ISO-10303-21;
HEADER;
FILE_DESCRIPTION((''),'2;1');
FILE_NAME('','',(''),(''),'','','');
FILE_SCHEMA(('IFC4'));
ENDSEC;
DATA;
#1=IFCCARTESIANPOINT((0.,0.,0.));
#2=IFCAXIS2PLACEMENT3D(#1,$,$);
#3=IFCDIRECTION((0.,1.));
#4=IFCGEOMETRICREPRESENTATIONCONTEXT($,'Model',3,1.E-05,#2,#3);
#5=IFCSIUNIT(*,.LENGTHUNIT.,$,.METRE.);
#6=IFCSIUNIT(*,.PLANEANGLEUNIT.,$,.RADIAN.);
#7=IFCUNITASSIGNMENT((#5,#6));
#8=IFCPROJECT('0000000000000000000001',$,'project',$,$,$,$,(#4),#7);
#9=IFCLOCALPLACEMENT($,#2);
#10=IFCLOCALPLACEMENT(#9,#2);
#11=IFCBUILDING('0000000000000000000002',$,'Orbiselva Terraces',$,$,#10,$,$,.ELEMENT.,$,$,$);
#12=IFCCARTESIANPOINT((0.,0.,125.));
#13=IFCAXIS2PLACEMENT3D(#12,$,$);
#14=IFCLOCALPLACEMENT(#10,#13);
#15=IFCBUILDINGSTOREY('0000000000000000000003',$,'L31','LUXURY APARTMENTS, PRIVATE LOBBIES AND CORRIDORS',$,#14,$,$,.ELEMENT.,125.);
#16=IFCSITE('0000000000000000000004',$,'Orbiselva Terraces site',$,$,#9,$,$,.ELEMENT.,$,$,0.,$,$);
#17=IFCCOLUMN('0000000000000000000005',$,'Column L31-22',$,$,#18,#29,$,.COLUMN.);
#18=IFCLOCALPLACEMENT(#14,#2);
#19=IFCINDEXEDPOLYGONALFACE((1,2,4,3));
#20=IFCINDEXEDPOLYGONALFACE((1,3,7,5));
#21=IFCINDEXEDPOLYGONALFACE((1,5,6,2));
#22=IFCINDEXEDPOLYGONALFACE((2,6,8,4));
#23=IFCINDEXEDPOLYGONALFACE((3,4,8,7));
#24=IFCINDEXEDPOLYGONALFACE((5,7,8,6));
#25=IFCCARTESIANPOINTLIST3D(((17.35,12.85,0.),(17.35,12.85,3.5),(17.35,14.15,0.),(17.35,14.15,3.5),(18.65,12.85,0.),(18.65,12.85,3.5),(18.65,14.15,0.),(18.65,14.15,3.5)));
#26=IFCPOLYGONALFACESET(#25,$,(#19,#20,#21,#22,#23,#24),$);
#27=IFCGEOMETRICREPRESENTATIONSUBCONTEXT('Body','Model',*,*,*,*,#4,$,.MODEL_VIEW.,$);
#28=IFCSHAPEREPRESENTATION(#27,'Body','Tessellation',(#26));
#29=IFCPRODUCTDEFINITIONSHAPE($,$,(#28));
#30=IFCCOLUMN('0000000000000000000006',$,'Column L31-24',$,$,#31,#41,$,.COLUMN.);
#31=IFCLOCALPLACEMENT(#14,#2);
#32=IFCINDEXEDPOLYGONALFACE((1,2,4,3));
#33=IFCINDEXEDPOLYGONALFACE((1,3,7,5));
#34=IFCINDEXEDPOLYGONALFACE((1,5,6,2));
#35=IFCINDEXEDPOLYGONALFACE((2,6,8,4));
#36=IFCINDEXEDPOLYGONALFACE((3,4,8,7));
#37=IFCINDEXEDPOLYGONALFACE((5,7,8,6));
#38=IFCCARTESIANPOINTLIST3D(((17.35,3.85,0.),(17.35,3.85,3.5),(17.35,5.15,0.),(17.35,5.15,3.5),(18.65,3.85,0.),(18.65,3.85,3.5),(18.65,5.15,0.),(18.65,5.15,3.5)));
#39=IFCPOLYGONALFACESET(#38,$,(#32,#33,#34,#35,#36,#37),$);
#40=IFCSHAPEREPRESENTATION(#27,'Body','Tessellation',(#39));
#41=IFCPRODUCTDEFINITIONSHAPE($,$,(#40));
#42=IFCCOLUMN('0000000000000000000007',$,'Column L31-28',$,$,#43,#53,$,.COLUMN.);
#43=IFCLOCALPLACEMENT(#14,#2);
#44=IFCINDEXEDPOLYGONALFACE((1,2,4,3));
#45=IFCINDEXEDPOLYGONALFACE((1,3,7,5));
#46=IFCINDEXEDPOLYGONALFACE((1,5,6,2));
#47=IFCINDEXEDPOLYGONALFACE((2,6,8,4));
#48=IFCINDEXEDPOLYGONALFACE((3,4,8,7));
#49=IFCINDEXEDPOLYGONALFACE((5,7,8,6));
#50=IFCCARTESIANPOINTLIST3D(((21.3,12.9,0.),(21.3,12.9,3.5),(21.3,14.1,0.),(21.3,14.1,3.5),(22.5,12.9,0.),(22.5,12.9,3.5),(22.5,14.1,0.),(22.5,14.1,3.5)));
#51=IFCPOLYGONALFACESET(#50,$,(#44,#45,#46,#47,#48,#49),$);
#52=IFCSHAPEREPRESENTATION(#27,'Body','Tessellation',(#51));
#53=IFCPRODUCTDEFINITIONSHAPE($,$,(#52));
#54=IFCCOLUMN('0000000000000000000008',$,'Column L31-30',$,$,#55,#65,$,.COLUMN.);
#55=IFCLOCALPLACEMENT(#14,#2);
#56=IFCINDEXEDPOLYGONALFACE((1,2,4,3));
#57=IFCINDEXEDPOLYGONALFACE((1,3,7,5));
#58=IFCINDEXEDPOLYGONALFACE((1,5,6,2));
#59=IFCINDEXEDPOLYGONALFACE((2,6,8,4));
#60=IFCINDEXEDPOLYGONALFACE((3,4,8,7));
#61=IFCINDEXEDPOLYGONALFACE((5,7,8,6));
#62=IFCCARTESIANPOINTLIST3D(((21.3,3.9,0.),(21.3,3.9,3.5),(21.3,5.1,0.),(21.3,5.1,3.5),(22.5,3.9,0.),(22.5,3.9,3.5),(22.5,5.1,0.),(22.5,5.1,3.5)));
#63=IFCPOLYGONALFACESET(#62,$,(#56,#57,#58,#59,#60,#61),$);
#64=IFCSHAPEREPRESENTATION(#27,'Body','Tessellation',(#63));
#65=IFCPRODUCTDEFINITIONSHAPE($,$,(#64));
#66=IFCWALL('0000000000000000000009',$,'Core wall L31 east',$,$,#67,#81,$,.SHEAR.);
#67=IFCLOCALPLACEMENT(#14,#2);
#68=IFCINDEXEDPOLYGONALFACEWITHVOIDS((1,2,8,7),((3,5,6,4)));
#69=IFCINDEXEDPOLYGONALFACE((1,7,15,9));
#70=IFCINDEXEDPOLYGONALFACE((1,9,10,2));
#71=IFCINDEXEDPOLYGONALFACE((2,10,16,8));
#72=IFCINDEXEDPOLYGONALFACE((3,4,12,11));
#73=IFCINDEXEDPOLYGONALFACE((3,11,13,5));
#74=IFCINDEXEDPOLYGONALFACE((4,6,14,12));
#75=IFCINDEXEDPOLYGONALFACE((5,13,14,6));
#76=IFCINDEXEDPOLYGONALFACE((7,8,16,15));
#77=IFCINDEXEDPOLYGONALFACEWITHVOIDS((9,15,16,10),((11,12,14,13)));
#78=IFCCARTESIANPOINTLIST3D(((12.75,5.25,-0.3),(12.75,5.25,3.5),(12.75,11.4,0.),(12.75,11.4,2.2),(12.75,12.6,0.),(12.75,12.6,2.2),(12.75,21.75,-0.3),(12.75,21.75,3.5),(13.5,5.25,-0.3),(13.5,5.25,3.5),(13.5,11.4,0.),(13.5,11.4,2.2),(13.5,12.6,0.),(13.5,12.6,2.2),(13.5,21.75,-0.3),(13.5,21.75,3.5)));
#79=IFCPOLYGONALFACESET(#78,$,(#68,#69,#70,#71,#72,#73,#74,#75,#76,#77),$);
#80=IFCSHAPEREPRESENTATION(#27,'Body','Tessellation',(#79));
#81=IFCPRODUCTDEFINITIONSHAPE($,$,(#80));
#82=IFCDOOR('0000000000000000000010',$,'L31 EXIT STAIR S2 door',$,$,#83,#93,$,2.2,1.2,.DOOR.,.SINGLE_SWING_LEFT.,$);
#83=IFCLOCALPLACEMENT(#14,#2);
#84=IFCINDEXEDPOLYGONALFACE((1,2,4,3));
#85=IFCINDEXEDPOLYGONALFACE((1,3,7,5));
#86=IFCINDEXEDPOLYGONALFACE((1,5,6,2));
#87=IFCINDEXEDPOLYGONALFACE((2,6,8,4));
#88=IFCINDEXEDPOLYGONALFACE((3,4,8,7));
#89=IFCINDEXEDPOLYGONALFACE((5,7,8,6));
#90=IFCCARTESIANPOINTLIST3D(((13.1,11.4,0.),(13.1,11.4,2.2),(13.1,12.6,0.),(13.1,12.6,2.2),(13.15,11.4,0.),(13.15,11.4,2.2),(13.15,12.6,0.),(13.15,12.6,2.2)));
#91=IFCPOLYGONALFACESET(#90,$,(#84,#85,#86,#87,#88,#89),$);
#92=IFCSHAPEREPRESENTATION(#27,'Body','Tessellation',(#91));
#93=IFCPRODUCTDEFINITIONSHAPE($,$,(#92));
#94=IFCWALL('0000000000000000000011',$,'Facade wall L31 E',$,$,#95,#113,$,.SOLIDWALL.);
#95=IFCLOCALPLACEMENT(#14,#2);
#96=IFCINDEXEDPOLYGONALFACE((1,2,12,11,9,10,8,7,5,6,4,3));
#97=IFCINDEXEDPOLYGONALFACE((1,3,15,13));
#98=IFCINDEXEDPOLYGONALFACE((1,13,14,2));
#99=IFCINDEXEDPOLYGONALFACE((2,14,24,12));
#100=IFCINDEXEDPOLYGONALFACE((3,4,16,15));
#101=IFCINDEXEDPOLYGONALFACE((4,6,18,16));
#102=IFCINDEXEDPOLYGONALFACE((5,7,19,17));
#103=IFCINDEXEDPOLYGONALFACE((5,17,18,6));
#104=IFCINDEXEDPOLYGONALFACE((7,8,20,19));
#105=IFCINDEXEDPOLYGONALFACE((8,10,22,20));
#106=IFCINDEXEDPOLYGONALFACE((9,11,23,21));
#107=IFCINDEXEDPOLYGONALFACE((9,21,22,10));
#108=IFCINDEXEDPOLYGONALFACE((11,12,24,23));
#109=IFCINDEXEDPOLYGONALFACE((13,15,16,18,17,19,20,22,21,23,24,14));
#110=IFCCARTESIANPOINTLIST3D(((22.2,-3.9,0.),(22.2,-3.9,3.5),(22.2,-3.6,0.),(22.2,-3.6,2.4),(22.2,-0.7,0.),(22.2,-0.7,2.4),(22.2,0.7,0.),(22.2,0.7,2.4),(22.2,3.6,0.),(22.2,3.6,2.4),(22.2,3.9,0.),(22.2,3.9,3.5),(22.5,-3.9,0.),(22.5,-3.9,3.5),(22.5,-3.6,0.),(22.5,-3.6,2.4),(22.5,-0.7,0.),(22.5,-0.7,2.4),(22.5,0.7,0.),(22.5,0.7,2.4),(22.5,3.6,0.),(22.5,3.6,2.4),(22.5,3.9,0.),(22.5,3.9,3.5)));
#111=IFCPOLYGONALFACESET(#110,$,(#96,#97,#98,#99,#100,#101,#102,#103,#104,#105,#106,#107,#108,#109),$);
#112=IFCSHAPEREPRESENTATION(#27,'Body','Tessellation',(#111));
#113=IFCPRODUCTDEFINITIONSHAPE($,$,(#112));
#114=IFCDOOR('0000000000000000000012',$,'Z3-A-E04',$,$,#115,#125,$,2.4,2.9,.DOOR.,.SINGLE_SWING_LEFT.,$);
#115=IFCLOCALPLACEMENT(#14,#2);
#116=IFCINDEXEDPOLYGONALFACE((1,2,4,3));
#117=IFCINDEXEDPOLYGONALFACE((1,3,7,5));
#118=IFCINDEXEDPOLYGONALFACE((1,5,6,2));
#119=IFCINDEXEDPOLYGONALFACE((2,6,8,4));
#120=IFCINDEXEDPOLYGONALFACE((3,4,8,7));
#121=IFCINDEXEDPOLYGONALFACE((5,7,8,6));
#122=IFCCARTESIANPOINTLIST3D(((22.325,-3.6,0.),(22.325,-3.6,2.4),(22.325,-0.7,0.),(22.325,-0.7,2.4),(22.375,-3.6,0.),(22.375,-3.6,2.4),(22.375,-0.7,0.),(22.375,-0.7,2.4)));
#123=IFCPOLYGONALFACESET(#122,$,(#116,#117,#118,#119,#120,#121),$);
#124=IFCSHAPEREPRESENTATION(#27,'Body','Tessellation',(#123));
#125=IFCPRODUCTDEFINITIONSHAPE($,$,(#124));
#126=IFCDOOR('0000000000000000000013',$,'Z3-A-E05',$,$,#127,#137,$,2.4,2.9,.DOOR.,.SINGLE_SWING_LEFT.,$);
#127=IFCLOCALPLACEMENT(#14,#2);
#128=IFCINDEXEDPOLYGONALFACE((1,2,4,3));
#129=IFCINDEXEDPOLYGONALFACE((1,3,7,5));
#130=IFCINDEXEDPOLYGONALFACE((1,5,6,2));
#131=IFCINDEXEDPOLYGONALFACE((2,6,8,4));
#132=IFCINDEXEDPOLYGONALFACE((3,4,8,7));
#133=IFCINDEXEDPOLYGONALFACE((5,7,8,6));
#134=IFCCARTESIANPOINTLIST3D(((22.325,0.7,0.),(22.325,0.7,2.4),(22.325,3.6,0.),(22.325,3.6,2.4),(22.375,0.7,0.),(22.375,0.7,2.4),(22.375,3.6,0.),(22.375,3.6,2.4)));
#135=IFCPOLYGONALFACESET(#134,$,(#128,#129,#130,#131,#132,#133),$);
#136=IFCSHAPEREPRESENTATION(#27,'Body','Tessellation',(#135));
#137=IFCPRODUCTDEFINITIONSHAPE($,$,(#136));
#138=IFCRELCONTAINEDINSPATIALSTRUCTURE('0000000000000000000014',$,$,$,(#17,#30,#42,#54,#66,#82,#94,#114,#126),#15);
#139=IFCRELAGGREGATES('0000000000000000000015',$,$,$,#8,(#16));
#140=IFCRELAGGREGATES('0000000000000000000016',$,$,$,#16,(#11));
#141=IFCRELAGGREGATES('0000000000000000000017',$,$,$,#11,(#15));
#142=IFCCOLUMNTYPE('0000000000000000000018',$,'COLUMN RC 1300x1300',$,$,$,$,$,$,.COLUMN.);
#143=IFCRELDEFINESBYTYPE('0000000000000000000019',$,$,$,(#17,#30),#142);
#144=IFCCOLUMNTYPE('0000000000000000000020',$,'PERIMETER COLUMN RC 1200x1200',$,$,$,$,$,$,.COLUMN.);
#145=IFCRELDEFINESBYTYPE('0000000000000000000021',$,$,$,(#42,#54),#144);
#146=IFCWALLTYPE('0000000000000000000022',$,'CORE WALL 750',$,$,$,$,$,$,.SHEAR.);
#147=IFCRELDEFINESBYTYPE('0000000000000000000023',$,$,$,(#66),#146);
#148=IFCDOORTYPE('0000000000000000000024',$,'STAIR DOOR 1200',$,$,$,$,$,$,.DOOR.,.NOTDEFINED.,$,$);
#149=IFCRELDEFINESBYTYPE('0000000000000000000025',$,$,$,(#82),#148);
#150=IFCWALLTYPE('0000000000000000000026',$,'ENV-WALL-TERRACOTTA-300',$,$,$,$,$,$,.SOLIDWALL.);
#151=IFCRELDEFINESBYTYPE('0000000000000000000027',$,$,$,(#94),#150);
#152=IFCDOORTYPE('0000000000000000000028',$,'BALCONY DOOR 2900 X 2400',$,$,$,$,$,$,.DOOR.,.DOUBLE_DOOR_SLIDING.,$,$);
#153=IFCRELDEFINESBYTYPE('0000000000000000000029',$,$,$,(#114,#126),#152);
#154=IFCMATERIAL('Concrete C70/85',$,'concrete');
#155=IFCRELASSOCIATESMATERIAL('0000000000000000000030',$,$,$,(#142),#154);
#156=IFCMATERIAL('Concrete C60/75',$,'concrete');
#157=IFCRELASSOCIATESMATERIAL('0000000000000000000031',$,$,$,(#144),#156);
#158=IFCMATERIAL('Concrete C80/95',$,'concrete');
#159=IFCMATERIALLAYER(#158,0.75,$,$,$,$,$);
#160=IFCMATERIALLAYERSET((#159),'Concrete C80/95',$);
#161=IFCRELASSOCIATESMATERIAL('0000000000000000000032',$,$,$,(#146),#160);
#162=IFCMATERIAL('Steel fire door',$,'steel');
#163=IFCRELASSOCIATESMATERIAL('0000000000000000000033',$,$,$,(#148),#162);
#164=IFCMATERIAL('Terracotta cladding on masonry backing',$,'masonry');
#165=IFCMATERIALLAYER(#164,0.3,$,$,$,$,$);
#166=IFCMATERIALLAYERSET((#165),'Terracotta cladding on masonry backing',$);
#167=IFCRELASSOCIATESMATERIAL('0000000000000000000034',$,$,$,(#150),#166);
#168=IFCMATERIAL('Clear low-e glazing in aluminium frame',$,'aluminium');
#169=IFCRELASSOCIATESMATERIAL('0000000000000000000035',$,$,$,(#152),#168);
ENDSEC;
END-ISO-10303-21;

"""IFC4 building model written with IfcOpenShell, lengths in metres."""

from ifc_helpers import new_model, si_unit, direction, frame, frame_2d, origin, origin_2d, place, context, subcontext, project, spatial, rectangle, extrude, material, layer, layer_set, material_profile, profile_set, type_object, element, fill, save


model = new_model("IFC4")

# Units and contexts
model_context = context("Model", 3, precision=1e-05, world=origin(), true_north=direction((0.0, 1.0)))
body_context = subcontext(model_context, "Body", "Model", "MODEL_VIEW")
ifc_project = project(units=[si_unit("LENGTHUNIT", "METRE"), si_unit("PLANEANGLEUNIT", "RADIAN")], contexts=[model_context])

# Site, building, storey
site_placement = place(None, origin())
site = spatial("IfcSite", under=ifc_project, at=site_placement, Name="Orbiselva Terraces site", CompositionType="ELEMENT", RefElevation=0.0)
building_placement = place(site_placement, origin())
building = spatial("IfcBuilding", under=site, at=building_placement, Name="Orbiselva Terraces", CompositionType="ELEMENT")
storey_placement = place(building_placement, frame((0.0, 0.0, 125.0)))
storey = spatial("IfcBuildingStorey", under=building, at=storey_placement, Name="L31", Description="LUXURY APARTMENTS, PRIVATE LOBBIES AND CORRIDORS", CompositionType="ELEMENT", Elevation=125.0)

# Columns
ifc_material_1 = material(Name="Concrete C70/85", Category="concrete")
ifc_material_profile_1 = material_profile(ifc_material_1, rectangle(XDim=1.3, YDim=1.3, at=origin_2d()), Name="RC 1300x1300")
ifc_profile_set_1 = profile_set([ifc_material_profile_1], Name="Concrete C70/85")
column_type_1 = type_object("IfcColumnType", Name="COLUMN RC 1300x1300", PredefinedType="COLUMN", material=ifc_profile_set_1)
for number, where, z_axis, x_axis, name in (
    (1, (18.0, 13.5, 0.0), (0.0, 0.0, 1.0), (1.0, 0.0, 0.0), "Column L31-22"),
    (2, (18.0, 4.5, 0.0), (0.0, 0.0, 1.0), (1.0, 0.0, 0.0), "Column L31-24"),
):
    element("IfcColumn", number, at=place(storey_placement, frame(where, z_axis=z_axis, x_axis=x_axis)), inside=storey, type_object=column_type_1, Name=name, PredefinedType="COLUMN", context=body_context, shape_type="SweptSolid", body=[
        extrude(rectangle(XDim=1.3, YDim=1.3, at=origin_2d()), origin(), (0.0, 0.0, 1.0), 3.5),
    ])
ifc_material_2 = material(Name="Concrete C60/75", Category="concrete")
ifc_material_profile_2 = material_profile(ifc_material_2, rectangle(XDim=1.2, YDim=1.2, at=origin_2d()), Name="RC 1200x1200")
ifc_profile_set_2 = profile_set([ifc_material_profile_2], Name="Concrete C60/75")
column_type_2 = type_object("IfcColumnType", Name="PERIMETER COLUMN RC 1200x1200", PredefinedType="COLUMN", material=ifc_profile_set_2)
for number, where, z_axis, x_axis, name in (
    (3, (21.9, 13.5, 0.0), (0.0, 0.0, 1.0), (1.0, 0.0, 0.0), "Column L31-28"),
    (4, (21.9, 4.5, 0.0), (0.0, 0.0, 1.0), (1.0, 0.0, 0.0), "Column L31-30"),
):
    element("IfcColumn", number, at=place(storey_placement, frame(where, z_axis=z_axis, x_axis=x_axis)), inside=storey, type_object=column_type_2, Name=name, PredefinedType="COLUMN", context=body_context, shape_type="SweptSolid", body=[
        extrude(rectangle(XDim=1.2, YDim=1.2, at=origin_2d()), origin(), (0.0, 0.0, 1.0), 3.5),
    ])

# Wall, opening, door
ifc_material_3 = material(Name="Concrete C80/95", Category="concrete")
ifc_layer_1 = layer(ifc_material_3, 0.75)
ifc_layer_set_1 = layer_set([ifc_layer_1], Name="Concrete C80/95")
wall_type_1 = type_object("IfcWallType", Name="CORE WALL 750", PredefinedType="SHEAR", material=ifc_layer_set_1)
wall_1_placement = place(storey_placement, frame((13.125, 5.25, -0.3), z_axis=(0.0, 0.0, 1.0), x_axis=(0.0, 1.0, 0.0)))
wall_1 = element("IfcWall", 5, at=wall_1_placement, inside=storey, type_object=wall_type_1, Name="Core wall L31 east", PredefinedType="SHEAR", context=body_context, shape_type="SweptSolid", body=[
    extrude(rectangle(XDim=16.5, YDim=0.75, at=frame_2d((8.25, 0.0))), origin(), (0.0, 0.0, 1.0), 3.8),
])
opening_1_placement = place(wall_1_placement, frame((6.15, 0.0, 0.3)))
opening_1 = element("IfcOpeningElement", 6, at=opening_1_placement, cuts=wall_1, PredefinedType="OPENING", context=body_context, shape_type="SweptSolid", body=[
    extrude(rectangle(XDim=1.2, YDim=2.2, at=frame_2d((0.6, 1.1))), frame((0.0, 0.385, 0.0), z_axis=(0.0, -1.0, 0.0), x_axis=(1.0, 0.0, 0.0)), (0.0, 0.0, 1.0), 0.77),
])
ifc_material_4 = material(Name="Steel fire door", Category="steel")
door_type_1 = type_object("IfcDoorType", Name="STAIR DOOR 1200", OperationType="NOTDEFINED", PredefinedType="DOOR", material=ifc_material_4)
door_1_placement = place(opening_1_placement, frame((1.2, 0.0, 0.0), z_axis=(0.0, 0.0, 1.0), x_axis=(-1.0, 0.0, 0.0)))
door_1 = element("IfcDoor", 7, at=door_1_placement, inside=storey, type_object=door_type_1, Name="L31 EXIT STAIR S2 door", OperationType="SINGLE_SWING_LEFT", OverallHeight=2.2, OverallWidth=1.2, PredefinedType="DOOR", context=body_context, shape_type="SweptSolid", body=[
    extrude(rectangle(XDim=1.2, YDim=2.2, at=frame_2d((0.6, 1.1))), frame((0.0, 0.025, 0.0), z_axis=(0.0, -1.0, 0.0), x_axis=(1.0, 0.0, 0.0)), (0.0, 0.0, 1.0), 0.05),
])
fill(opening_1, door_1)

# Wall, openings, doors
ifc_material_5 = material(Name="Terracotta cladding on masonry backing", Category="masonry")
ifc_layer_2 = layer(ifc_material_5, 0.3)
ifc_layer_set_2 = layer_set([ifc_layer_2], Name="Terracotta cladding on masonry backing")
wall_type_2 = type_object("IfcWallType", Name="ENV-WALL-TERRACOTTA-300", PredefinedType="SOLIDWALL", material=ifc_layer_set_2)
wall_2_placement = place(storey_placement, frame((22.35, 3.9, 0.0), z_axis=(0.0, 0.0, 1.0), x_axis=(0.0, -1.0, 0.0)))
wall_2 = element("IfcWall", 8, at=wall_2_placement, inside=storey, type_object=wall_type_2, Name="Facade wall L31 E", PredefinedType="SOLIDWALL", context=body_context, shape_type="SweptSolid", body=[
    extrude(rectangle(XDim=7.8, YDim=0.3, at=frame_2d((3.9, 0.0))), origin(), (0.0, 0.0, 1.0), 3.5),
])
opening_2_placement = place(wall_2_placement, frame((4.6, 0.0, 0.0)))
opening_2 = element("IfcOpeningElement", 9, at=opening_2_placement, cuts=wall_2, PredefinedType="OPENING", context=body_context, shape_type="SweptSolid", body=[
    extrude(rectangle(XDim=2.9, YDim=2.4, at=frame_2d((1.45, 1.2))), frame((0.0, 0.16, 0.0), z_axis=(0.0, -1.0, 0.0), x_axis=(1.0, 0.0, 0.0)), (0.0, 0.0, 1.0), 0.32),
])
opening_3_placement = place(wall_2_placement, frame((0.3, 0.0, 0.0)))
opening_3 = element("IfcOpeningElement", 10, at=opening_3_placement, cuts=wall_2, PredefinedType="OPENING", context=body_context, shape_type="SweptSolid", body=[
    extrude(rectangle(XDim=2.9, YDim=2.4, at=frame_2d((1.45, 1.2))), frame((0.0, 0.16, 0.0), z_axis=(0.0, -1.0, 0.0), x_axis=(1.0, 0.0, 0.0)), (0.0, 0.0, 1.0), 0.32),
])
ifc_material_6 = material(Name="Clear low-e glazing in aluminium frame", Category="aluminium")
door_type_2 = type_object("IfcDoorType", Name="BALCONY DOOR 2900 X 2400", OperationType="DOUBLE_DOOR_SLIDING", PredefinedType="DOOR", material=ifc_material_6)
door_2_placement = place(opening_2_placement, origin())
door_2 = element("IfcDoor", 11, at=door_2_placement, inside=storey, type_object=door_type_2, Name="Z3-A-E04", OperationType="SINGLE_SWING_LEFT", OverallHeight=2.4, OverallWidth=2.9, PredefinedType="DOOR", context=body_context, shape_type="SweptSolid", body=[
    extrude(rectangle(XDim=2.9, YDim=2.4, at=frame_2d((1.45, 1.2))), frame((0.0, 0.025, 0.0), z_axis=(0.0, -1.0, 0.0), x_axis=(1.0, 0.0, 0.0)), (0.0, 0.0, 1.0), 0.05),
])
fill(opening_2, door_2)
door_3_placement = place(opening_3_placement, origin())
door_3 = element("IfcDoor", 12, at=door_3_placement, inside=storey, type_object=door_type_2, Name="Z3-A-E05", OperationType="SINGLE_SWING_LEFT", OverallHeight=2.4, OverallWidth=2.9, PredefinedType="DOOR", context=body_context, shape_type="SweptSolid", body=[
    extrude(rectangle(XDim=2.9, YDim=2.4, at=frame_2d((1.45, 1.2))), frame((0.0, 0.025, 0.0), z_axis=(0.0, -1.0, 0.0), x_axis=(1.0, 0.0, 0.0)), (0.0, 0.0, 1.0), 0.05),
])
fill(opening_3, door_3)

save(model, "model.ifc")
